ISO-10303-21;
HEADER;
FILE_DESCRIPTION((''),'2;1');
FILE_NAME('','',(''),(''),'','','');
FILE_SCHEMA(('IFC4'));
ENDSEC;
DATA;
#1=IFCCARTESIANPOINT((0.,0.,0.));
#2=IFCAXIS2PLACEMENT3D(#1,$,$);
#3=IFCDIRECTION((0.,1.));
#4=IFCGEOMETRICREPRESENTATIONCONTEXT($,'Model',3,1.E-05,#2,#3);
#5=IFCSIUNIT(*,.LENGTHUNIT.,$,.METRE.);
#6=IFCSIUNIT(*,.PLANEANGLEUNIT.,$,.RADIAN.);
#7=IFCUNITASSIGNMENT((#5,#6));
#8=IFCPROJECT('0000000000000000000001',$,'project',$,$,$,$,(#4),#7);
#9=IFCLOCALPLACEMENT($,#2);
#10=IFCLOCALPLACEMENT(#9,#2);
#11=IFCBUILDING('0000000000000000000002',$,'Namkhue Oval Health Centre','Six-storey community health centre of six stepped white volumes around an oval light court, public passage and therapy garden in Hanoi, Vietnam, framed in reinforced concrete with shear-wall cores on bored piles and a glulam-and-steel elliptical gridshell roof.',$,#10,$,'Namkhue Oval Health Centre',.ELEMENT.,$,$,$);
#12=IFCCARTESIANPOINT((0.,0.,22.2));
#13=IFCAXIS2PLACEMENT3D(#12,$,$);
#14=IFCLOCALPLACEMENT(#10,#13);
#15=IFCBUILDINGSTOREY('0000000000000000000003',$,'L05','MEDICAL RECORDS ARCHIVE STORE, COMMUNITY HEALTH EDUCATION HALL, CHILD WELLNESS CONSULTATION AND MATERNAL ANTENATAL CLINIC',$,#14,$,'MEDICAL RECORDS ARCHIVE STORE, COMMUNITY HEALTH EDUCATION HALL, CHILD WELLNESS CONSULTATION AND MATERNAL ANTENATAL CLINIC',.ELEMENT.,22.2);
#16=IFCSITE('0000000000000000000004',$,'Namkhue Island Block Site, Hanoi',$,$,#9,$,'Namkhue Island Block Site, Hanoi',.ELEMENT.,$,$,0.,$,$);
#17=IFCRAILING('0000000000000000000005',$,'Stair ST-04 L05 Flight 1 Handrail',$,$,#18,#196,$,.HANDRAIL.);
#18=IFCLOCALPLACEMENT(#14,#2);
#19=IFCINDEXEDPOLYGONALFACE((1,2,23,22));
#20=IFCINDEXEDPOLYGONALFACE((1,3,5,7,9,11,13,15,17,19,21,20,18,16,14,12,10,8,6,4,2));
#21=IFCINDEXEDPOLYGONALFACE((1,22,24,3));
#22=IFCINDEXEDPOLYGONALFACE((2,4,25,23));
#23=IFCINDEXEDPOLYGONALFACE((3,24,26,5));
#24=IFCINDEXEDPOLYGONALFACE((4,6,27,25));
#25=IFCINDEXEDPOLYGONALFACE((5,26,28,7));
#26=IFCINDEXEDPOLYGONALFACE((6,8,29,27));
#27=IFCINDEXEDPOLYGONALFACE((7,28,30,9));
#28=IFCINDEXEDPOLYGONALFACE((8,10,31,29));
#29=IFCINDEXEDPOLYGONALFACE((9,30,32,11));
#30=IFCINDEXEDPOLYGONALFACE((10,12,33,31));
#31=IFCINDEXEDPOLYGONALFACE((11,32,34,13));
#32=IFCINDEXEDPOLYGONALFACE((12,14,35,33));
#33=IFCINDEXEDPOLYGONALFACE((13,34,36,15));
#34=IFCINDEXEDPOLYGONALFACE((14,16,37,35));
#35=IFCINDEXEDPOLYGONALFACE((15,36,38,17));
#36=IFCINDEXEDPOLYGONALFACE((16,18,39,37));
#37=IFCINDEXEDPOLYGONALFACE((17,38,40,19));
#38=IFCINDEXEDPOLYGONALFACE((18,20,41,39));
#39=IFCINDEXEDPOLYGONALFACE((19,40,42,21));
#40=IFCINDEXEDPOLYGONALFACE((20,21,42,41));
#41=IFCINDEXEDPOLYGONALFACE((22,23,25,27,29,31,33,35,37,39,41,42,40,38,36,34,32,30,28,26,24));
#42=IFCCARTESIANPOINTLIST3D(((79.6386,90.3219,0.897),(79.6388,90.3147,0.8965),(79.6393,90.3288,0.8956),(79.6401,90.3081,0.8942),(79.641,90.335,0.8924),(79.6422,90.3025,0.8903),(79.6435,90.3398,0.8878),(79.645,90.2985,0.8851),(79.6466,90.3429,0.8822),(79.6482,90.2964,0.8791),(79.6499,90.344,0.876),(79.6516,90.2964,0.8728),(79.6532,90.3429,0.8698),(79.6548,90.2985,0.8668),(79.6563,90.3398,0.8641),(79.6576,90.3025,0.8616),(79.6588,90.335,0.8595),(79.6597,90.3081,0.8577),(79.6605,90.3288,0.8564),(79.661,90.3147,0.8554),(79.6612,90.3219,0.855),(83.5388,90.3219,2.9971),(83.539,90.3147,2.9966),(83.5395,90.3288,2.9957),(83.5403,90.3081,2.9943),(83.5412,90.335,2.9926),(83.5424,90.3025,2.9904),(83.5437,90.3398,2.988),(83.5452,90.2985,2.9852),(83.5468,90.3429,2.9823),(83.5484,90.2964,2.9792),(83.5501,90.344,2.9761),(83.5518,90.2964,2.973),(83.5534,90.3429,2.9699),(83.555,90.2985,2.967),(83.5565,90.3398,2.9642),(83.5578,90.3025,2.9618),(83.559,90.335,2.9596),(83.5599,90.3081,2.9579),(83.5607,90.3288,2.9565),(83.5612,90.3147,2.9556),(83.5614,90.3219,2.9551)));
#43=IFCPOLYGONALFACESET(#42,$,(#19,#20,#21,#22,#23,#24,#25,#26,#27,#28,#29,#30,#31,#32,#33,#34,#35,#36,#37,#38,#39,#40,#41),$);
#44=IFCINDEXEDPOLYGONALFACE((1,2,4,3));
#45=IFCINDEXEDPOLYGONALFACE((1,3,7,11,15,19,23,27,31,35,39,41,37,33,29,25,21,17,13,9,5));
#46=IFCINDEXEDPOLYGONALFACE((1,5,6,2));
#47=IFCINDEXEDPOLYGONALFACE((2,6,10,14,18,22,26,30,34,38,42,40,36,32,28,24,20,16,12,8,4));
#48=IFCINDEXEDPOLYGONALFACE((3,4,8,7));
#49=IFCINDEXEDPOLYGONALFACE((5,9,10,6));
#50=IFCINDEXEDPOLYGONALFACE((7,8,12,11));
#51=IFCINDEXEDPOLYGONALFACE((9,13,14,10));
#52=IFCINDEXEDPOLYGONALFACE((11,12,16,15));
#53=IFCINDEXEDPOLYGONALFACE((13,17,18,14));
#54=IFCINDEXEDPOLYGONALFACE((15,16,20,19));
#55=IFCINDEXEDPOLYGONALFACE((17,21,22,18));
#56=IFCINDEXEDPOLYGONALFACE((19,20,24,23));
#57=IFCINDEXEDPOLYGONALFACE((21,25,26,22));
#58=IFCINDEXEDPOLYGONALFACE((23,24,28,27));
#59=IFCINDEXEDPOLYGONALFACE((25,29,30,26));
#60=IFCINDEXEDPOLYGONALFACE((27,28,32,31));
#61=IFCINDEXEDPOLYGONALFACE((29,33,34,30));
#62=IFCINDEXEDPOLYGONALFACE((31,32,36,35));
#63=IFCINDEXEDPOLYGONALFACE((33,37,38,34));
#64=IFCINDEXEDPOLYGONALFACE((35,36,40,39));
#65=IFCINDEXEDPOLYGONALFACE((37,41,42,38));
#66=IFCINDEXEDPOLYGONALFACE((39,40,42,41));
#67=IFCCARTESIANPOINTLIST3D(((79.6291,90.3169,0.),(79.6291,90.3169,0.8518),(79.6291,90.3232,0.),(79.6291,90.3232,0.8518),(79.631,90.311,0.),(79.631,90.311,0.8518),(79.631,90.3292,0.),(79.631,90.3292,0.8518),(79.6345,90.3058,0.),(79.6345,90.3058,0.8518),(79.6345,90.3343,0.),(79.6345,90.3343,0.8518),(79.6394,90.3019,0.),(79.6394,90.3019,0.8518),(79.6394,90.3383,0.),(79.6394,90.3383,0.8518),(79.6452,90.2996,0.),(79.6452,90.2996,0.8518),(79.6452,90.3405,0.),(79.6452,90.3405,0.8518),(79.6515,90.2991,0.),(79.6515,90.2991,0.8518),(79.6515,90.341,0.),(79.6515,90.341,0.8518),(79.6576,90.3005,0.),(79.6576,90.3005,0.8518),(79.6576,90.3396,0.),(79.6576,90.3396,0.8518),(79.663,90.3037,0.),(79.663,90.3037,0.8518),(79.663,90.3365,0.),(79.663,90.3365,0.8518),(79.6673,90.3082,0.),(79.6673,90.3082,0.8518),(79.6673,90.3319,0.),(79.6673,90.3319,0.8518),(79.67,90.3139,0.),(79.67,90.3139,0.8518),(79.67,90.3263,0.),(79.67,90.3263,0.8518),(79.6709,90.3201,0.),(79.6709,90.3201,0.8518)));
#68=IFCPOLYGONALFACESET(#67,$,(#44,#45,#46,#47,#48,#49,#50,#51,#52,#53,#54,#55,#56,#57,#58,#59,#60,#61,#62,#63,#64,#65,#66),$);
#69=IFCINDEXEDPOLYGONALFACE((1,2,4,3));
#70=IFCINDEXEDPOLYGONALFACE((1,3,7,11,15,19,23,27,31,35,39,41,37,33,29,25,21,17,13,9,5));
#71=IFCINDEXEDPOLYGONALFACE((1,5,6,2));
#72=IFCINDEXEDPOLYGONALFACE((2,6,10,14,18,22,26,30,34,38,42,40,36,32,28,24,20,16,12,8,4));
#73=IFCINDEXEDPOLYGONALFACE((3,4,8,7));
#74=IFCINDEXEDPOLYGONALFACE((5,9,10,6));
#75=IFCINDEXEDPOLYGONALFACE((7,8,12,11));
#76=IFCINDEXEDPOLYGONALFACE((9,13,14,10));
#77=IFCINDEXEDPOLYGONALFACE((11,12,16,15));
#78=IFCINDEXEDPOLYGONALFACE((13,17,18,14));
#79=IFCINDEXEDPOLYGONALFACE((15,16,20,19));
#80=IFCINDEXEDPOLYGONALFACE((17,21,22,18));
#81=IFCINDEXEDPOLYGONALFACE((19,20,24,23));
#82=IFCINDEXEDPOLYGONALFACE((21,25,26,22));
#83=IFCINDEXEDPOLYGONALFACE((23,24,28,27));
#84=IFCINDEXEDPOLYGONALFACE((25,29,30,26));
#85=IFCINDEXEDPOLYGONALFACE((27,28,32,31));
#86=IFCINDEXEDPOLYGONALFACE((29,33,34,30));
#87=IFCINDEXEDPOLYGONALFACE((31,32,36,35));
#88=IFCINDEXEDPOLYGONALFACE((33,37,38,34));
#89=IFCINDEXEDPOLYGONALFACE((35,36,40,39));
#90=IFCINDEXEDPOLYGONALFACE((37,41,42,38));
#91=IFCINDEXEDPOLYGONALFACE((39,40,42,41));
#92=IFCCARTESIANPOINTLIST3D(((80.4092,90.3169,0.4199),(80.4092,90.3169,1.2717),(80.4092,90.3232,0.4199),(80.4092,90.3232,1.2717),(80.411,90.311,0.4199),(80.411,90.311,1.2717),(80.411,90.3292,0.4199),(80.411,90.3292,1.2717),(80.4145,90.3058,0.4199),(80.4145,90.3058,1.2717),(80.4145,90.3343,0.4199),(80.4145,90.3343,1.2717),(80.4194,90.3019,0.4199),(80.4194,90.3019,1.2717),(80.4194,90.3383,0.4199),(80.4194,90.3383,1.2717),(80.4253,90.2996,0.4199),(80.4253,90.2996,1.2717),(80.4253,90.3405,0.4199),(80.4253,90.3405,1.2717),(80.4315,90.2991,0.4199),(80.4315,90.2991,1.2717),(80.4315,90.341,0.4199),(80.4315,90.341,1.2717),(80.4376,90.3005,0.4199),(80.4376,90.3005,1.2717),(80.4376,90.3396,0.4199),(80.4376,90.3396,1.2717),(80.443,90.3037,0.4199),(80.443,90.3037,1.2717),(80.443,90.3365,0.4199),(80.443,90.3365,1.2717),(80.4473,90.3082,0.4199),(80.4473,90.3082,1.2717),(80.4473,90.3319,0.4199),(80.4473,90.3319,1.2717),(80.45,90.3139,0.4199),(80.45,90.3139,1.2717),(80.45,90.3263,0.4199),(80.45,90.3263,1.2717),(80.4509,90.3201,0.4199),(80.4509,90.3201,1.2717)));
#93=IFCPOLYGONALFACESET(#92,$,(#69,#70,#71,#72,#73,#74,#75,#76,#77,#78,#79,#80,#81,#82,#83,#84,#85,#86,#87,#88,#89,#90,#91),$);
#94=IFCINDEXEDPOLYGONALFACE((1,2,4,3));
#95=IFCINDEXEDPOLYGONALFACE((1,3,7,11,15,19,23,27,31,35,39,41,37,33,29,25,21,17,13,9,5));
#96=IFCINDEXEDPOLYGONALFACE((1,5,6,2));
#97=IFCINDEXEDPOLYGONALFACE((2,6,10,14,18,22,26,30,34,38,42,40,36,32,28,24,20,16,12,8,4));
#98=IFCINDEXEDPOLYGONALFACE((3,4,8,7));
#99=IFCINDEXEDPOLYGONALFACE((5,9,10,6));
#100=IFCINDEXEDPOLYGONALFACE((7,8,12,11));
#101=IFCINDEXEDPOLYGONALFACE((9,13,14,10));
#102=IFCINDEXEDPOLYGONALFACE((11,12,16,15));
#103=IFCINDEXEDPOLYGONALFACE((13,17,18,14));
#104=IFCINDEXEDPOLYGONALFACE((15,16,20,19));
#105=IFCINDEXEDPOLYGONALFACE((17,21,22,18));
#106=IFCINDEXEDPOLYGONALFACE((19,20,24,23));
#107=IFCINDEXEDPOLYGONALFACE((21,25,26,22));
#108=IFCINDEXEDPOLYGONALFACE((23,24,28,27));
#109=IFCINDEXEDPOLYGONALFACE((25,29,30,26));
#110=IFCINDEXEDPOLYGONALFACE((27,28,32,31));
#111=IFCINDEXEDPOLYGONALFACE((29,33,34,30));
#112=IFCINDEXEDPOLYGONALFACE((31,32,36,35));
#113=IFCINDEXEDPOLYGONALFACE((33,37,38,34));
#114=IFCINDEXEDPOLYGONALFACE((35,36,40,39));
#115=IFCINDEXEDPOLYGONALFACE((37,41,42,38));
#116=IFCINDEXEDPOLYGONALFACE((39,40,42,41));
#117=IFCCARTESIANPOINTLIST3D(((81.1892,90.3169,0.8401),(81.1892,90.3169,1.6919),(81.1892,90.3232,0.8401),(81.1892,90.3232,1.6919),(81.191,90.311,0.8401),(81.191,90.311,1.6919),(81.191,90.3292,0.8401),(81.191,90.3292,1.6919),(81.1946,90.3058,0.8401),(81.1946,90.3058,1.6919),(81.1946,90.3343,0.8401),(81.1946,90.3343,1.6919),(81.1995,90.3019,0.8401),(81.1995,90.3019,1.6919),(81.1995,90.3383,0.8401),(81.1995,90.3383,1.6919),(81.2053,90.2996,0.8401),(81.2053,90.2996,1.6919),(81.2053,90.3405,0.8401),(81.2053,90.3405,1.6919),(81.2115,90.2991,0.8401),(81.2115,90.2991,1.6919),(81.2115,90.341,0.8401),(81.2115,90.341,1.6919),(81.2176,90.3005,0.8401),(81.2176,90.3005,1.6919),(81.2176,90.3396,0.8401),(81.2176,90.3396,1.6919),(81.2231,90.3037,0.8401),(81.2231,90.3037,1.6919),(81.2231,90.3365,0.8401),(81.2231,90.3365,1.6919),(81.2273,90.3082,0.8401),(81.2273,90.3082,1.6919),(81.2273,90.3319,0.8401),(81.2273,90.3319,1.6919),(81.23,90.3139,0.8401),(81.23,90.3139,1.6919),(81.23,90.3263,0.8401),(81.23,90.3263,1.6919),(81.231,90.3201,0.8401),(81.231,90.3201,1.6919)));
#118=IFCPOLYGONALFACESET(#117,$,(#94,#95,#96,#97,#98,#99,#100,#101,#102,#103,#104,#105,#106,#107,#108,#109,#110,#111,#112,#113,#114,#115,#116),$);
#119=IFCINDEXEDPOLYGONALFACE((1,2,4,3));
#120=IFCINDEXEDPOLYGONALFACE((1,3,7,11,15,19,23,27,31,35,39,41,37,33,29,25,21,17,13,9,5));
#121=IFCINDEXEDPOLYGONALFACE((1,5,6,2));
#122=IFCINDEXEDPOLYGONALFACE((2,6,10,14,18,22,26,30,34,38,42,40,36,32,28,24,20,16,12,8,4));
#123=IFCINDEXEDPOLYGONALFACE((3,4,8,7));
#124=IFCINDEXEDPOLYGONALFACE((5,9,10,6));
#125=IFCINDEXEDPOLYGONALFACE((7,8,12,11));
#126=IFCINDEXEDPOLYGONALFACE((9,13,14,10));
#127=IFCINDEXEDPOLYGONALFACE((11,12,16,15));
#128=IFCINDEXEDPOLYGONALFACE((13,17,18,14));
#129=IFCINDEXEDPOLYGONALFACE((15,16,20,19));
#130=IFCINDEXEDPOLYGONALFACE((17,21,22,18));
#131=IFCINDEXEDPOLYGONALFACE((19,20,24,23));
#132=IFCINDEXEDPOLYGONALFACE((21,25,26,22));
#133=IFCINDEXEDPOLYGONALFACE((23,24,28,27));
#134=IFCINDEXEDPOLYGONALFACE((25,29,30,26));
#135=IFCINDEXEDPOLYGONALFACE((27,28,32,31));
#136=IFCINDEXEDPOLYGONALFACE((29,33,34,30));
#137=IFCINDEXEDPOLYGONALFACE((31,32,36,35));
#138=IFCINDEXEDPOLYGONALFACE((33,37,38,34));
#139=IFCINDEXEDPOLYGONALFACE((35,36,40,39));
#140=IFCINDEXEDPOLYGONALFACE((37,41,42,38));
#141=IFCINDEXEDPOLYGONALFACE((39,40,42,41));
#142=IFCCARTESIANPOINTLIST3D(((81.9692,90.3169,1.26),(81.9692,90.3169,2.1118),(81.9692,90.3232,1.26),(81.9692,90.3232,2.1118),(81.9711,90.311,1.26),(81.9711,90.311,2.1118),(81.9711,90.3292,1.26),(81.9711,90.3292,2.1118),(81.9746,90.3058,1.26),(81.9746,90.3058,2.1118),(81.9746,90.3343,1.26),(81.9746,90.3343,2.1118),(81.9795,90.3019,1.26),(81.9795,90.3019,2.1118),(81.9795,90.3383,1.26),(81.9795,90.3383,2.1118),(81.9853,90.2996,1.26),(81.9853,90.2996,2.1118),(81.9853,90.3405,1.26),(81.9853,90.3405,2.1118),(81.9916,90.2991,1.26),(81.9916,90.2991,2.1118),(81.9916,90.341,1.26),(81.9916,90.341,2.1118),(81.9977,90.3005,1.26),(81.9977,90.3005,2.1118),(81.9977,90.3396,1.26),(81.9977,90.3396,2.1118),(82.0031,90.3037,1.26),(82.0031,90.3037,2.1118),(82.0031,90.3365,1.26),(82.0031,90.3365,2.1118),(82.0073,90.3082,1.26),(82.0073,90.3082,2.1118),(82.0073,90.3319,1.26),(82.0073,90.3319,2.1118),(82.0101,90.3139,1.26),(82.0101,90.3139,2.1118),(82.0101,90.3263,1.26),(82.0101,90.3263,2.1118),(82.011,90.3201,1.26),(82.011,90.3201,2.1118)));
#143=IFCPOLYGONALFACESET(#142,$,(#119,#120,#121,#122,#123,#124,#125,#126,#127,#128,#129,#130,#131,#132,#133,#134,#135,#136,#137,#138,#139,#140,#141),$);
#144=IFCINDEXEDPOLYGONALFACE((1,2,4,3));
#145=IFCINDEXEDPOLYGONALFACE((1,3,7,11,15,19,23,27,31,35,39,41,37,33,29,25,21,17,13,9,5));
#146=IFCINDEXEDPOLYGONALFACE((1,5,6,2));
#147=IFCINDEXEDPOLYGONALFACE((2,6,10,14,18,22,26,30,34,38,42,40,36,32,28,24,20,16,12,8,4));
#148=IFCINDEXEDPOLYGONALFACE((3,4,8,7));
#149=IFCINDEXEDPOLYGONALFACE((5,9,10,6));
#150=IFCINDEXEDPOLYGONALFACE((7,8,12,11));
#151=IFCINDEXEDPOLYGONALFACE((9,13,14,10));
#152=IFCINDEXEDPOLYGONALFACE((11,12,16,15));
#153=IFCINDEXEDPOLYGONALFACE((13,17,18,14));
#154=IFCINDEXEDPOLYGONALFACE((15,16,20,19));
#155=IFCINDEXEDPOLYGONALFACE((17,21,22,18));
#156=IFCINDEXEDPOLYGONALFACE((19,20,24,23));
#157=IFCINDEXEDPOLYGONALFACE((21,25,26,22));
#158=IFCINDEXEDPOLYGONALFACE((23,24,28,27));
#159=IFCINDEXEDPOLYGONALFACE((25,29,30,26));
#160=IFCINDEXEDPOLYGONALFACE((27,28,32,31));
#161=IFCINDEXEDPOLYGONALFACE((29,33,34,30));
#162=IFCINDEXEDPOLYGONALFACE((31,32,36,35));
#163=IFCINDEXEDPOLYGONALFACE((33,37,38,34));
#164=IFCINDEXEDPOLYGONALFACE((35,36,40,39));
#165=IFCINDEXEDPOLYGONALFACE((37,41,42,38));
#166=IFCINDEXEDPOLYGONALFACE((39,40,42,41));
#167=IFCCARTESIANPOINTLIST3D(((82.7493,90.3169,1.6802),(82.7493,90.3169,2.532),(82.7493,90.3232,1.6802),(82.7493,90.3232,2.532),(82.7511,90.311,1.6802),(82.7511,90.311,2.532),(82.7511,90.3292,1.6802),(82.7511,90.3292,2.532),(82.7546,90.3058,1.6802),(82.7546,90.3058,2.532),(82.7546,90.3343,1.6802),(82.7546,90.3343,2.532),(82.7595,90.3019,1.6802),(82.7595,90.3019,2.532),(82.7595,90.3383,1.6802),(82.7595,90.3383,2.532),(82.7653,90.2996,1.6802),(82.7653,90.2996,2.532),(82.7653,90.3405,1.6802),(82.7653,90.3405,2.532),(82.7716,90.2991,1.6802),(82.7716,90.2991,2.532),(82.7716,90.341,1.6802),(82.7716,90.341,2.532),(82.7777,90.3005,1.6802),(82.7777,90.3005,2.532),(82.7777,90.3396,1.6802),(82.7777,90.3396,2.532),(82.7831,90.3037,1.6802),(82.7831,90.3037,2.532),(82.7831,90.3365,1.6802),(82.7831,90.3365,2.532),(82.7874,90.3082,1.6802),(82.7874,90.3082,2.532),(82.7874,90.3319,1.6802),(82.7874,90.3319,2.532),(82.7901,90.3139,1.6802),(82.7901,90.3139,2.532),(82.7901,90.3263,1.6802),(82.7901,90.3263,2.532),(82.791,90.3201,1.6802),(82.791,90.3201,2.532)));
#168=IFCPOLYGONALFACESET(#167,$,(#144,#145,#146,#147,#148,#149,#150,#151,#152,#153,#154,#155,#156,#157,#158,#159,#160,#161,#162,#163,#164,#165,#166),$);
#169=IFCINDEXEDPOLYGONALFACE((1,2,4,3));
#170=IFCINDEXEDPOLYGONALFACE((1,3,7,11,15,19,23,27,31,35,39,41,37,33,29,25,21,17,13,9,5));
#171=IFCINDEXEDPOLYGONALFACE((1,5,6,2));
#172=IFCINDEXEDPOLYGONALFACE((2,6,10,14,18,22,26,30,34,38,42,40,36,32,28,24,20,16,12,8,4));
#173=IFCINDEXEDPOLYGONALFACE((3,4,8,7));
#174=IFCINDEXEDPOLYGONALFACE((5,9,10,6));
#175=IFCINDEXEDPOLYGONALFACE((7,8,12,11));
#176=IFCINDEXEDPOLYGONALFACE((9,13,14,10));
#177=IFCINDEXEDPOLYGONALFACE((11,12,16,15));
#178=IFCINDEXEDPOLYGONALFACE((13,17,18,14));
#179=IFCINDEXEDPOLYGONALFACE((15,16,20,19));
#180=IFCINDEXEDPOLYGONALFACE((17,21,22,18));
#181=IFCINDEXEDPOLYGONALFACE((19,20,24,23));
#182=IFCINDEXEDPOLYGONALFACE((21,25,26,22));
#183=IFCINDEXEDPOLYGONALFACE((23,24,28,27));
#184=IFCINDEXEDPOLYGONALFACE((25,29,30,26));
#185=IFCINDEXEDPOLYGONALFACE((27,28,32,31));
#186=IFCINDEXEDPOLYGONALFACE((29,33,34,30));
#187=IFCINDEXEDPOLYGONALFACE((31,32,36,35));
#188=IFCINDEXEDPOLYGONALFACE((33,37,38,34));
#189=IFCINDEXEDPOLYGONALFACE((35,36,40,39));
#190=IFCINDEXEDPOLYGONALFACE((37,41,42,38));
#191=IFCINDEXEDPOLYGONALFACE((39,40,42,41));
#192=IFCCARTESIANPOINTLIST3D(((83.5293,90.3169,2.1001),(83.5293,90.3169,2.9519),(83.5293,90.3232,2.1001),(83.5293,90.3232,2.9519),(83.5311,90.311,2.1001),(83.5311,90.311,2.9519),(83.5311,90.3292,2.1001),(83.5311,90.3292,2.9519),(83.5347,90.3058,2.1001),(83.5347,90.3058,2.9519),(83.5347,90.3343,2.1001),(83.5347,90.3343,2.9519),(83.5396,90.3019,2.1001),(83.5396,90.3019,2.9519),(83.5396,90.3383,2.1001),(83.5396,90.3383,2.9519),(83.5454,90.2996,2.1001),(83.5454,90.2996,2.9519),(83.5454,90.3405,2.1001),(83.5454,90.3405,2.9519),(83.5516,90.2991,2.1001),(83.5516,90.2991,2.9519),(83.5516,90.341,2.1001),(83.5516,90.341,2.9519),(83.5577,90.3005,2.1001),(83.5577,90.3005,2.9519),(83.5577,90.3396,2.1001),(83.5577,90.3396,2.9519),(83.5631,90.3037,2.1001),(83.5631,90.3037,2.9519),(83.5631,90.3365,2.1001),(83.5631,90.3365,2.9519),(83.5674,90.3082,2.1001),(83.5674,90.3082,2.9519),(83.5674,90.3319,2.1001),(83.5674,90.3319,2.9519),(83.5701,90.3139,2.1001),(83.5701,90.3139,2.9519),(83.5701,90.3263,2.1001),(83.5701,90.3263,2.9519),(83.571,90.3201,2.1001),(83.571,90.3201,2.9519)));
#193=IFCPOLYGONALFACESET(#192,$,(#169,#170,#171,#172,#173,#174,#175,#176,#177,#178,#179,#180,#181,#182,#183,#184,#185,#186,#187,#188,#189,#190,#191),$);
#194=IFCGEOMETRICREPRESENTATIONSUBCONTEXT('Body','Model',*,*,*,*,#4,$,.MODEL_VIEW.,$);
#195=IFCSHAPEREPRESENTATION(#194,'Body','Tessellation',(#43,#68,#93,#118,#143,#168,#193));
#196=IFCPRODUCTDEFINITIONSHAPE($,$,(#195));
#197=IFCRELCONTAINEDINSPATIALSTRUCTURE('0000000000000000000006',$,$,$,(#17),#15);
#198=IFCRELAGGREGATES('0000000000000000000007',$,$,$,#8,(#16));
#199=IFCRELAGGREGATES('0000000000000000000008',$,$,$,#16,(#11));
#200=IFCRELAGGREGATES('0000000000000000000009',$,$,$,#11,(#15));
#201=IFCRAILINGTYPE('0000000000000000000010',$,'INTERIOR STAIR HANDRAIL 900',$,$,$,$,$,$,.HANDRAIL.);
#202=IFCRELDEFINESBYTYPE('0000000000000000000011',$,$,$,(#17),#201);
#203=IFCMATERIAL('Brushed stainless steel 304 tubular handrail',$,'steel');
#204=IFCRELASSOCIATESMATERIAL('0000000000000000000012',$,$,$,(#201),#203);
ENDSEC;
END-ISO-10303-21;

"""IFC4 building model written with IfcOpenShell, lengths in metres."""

from ifc_helpers import new_model, si_unit, direction, frame, origin, origin_2d, place, context, subcontext, project, spatial, circle, extrude, material, type_object, element, save


model = new_model("IFC4")

# Units and contexts
model_context = context("Model", 3, precision=1e-05, world=origin(), true_north=direction((0.0, 1.0)))
body_context = subcontext(model_context, "Body", "Model", "MODEL_VIEW")
ifc_project = project(units=[si_unit("LENGTHUNIT", "METRE"), si_unit("PLANEANGLEUNIT", "RADIAN")], contexts=[model_context])

# Site, building, storey
site_placement = place(None, origin())
site = spatial("IfcSite", under=ifc_project, at=site_placement, Name="Namkhue Island Block Site, Hanoi", LongName="Namkhue Island Block Site, Hanoi", CompositionType="ELEMENT", RefElevation=0.0)
building_placement = place(site_placement, origin())
building = spatial("IfcBuilding", under=site, at=building_placement, Name="Namkhue Oval Health Centre", Description="Six-storey community health centre of six stepped white volumes around an oval light court, public passage and therapy garden in Hanoi, Vietnam, framed in reinforced concrete with shear-wall cores on bored piles and a glulam-and-steel elliptical gridshell roof.", LongName="Namkhue Oval Health Centre", CompositionType="ELEMENT")
storey_placement = place(building_placement, frame((0.0, 0.0, 22.2)))
storey = spatial("IfcBuildingStorey", under=building, at=storey_placement, Name="L05", Description="MEDICAL RECORDS ARCHIVE STORE, COMMUNITY HEALTH EDUCATION HALL, CHILD WELLNESS CONSULTATION AND MATERNAL ANTENATAL CLINIC", LongName="MEDICAL RECORDS ARCHIVE STORE, COMMUNITY HEALTH EDUCATION HALL, CHILD WELLNESS CONSULTATION AND MATERNAL ANTENATAL CLINIC", CompositionType="ELEMENT", Elevation=22.2)

# Railing
ifc_material_1 = material(Name="Brushed stainless steel 304 tubular handrail", Category="steel")
railing_type_1 = type_object("IfcRailingType", Name="INTERIOR STAIR HANDRAIL 900", PredefinedType="HANDRAIL", material=ifc_material_1)
railing_1_placement = place(storey_placement, frame((79.6499, 90.3201, 0.0)))
element("IfcRailing", 1, at=railing_1_placement, inside=storey, type_object=railing_type_1, Name="Stair ST-04 L05 Flight 1 Handrail", PredefinedType="HANDRAIL", context=body_context, shape_type="SweptSolid", body=[
    extrude(circle(Radius=0.0239, at=origin_2d()), frame((0.0, 0.0, 0.876), z_axis=(0.880469, 0.0, 0.474103), x_axis=(0.0, 1.0, 0.0)), (0.0, 0.0, 1.0), 4.4297),
    extrude(circle(Radius=0.021, at=origin_2d()), origin(), (0.0, 0.0, 1.0), 0.8518),
    extrude(circle(Radius=0.021, at=origin_2d()), frame((0.78, 0.0, 0.4199)), (0.0, 0.0, 1.0), 0.8518),
    extrude(circle(Radius=0.021, at=origin_2d()), frame((1.5601, 0.0, 0.8401)), (0.0, 0.0, 1.0), 0.8518),
    extrude(circle(Radius=0.021, at=origin_2d()), frame((2.3401, 0.0, 1.26)), (0.0, 0.0, 1.0), 0.8518),
    extrude(circle(Radius=0.021, at=origin_2d()), frame((3.1201, 0.0, 1.6802)), (0.0, 0.0, 1.0), 0.8518),
    extrude(circle(Radius=0.021, at=origin_2d()), frame((3.9001, 0.0, 2.1001)), (0.0, 0.0, 1.0), 0.8518),
])

save(model, "model.ifc")
